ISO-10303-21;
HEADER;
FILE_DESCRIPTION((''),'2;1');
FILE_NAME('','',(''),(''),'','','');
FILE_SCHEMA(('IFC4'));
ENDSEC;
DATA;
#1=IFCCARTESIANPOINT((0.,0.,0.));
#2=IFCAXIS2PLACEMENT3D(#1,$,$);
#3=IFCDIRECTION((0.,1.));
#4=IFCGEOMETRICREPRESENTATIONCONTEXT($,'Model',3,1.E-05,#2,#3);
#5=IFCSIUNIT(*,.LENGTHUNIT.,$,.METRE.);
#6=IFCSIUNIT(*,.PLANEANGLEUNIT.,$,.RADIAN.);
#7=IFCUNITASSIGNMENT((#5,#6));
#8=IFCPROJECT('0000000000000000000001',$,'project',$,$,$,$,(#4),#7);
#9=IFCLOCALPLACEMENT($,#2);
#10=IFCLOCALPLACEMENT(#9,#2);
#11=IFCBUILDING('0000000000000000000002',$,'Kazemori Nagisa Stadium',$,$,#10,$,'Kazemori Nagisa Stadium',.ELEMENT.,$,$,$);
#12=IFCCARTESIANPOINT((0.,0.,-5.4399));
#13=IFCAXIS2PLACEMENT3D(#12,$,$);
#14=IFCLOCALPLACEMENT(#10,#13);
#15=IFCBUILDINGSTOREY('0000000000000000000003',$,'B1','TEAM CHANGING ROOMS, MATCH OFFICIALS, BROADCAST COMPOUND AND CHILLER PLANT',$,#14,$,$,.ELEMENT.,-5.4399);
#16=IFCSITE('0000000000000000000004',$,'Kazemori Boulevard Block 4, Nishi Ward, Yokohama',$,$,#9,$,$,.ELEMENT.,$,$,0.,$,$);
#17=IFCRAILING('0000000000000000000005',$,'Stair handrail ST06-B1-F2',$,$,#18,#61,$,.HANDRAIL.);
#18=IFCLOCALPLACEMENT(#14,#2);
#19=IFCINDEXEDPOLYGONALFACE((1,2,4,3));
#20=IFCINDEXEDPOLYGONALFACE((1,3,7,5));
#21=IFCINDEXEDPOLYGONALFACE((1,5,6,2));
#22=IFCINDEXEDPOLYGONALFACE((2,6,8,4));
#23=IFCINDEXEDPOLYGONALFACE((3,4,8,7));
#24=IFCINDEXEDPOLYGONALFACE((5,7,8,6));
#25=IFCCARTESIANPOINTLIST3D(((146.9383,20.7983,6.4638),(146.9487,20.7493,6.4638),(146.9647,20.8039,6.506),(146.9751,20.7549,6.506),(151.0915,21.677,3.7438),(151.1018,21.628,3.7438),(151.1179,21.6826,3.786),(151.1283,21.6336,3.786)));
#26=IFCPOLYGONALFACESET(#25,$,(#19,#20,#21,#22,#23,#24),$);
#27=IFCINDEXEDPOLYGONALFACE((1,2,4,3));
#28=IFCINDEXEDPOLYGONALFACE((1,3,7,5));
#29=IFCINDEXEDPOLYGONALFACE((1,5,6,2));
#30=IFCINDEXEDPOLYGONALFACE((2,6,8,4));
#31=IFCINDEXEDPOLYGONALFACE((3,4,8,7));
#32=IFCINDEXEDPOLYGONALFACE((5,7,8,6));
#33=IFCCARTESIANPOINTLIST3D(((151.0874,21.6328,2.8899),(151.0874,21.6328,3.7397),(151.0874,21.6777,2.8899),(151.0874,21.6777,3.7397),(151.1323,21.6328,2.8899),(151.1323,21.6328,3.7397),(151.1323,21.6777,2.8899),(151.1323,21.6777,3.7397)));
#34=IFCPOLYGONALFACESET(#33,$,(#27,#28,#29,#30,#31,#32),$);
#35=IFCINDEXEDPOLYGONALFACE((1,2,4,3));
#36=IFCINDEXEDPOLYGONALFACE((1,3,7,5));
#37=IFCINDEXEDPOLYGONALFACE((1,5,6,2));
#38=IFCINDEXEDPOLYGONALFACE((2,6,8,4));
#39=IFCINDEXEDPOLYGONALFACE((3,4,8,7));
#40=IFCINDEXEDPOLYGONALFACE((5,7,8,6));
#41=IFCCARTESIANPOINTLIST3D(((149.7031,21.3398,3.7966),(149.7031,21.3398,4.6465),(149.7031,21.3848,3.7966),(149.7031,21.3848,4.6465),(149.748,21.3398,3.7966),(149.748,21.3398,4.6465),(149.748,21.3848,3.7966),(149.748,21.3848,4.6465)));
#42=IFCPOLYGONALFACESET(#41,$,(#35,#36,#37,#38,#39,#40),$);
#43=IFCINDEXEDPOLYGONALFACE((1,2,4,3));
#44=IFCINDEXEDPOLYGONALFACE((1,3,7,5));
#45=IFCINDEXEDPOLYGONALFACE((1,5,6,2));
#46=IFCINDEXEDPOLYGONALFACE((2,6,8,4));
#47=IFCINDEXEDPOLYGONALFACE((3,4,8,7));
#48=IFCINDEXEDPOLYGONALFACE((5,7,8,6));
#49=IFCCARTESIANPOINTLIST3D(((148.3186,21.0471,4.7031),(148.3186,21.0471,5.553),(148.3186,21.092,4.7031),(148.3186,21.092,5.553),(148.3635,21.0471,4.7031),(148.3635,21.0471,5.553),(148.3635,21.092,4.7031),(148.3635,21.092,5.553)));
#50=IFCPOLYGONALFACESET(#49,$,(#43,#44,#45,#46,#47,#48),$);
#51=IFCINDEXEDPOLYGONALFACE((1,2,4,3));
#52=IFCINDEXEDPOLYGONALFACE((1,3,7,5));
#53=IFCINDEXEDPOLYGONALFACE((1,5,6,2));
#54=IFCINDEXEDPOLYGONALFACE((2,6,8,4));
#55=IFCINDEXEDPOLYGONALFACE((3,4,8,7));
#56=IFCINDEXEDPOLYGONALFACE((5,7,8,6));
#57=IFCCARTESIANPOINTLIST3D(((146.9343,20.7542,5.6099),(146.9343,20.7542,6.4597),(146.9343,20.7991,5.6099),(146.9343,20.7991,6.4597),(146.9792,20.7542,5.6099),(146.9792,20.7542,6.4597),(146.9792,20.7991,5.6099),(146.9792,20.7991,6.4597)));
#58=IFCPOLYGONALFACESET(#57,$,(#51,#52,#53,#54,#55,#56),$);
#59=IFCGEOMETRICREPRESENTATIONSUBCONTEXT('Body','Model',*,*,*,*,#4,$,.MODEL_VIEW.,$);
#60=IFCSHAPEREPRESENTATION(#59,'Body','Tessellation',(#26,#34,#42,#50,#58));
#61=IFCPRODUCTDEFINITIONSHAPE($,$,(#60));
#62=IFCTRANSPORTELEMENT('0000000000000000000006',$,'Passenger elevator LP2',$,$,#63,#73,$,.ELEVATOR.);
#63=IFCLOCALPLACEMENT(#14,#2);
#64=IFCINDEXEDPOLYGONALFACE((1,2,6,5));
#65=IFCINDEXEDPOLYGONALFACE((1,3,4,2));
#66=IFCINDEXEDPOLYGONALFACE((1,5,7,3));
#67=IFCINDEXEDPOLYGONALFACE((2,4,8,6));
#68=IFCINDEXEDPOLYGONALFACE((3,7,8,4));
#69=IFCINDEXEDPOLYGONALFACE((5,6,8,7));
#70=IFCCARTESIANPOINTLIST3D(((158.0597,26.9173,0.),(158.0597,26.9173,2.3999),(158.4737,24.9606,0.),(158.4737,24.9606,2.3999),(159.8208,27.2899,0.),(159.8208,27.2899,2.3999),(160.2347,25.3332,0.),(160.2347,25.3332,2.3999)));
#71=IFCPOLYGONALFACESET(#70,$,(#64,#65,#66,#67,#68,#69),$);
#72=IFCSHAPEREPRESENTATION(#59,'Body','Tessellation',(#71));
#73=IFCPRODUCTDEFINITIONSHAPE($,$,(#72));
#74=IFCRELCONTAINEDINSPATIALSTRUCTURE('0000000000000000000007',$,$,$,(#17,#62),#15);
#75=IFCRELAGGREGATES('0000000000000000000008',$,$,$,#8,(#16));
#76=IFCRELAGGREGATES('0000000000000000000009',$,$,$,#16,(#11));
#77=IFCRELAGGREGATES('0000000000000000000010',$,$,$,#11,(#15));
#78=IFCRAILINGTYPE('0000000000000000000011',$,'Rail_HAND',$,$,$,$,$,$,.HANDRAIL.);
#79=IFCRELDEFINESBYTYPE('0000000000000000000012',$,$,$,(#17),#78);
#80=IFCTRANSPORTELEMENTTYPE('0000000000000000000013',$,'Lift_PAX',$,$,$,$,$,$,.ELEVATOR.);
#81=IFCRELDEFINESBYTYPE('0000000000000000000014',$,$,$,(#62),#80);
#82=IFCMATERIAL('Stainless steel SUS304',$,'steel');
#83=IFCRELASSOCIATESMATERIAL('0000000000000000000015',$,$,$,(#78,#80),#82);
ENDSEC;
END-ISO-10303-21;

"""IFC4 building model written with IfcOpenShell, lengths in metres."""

from ifc_helpers import new_model, si_unit, direction, frame, origin, origin_2d, place, context, subcontext, project, spatial, rectangle, extrude, material, type_object, element, save


model = new_model("IFC4")

# Units and contexts
model_context = context("Model", 3, precision=1e-05, world=origin(), true_north=direction((0.0, 1.0)))
body_context = subcontext(model_context, "Body", "Model", "MODEL_VIEW")
ifc_project = project(units=[si_unit("LENGTHUNIT", "METRE"), si_unit("PLANEANGLEUNIT", "RADIAN")], contexts=[model_context])

# Site, building, storey
site_placement = place(None, origin())
site = spatial("IfcSite", under=ifc_project, at=site_placement, Name="Kazemori Boulevard Block 4, Nishi Ward, Yokohama", CompositionType="ELEMENT", RefElevation=0.0)
building_placement = place(site_placement, origin())
building = spatial("IfcBuilding", under=site, at=building_placement, Name="Kazemori Nagisa Stadium", LongName="Kazemori Nagisa Stadium", CompositionType="ELEMENT")
storey_placement = place(building_placement, frame((0.0, 0.0, -5.4399)))
storey = spatial("IfcBuildingStorey", under=building, at=storey_placement, Name="B1", Description="TEAM CHANGING ROOMS, MATCH OFFICIALS, BROADCAST COMPOUND AND CHILLER PLANT", CompositionType="ELEMENT", Elevation=-5.4399)

# Shared definitions
ifc_material_1 = material(Name="Stainless steel SUS304", Category="steel")

# Railing
railing_type_1 = type_object("IfcRailingType", Name="Rail_HAND", PredefinedType="HANDRAIL", material=ifc_material_1)
railing_1_placement = place(storey_placement, frame((151.1099, 21.6553, 2.8899)))
element("IfcRailing", 1, at=railing_1_placement, inside=storey, type_object=railing_type_1, Name="Stair handrail ST06-B1-F2", PredefinedType="HANDRAIL", context=body_context, shape_type="SweptSolid", body=[
    extrude(rectangle(XDim=0.05, YDim=0.05, at=origin_2d()), frame((0.0, 0.0, 0.875), z_axis=(-0.823752, -0.17428, 0.539499), x_axis=(0.206987, -0.978344, 0.0)), (0.0, 0.0, 1.0), 5.0417),
    extrude(rectangle(XDim=0.0449, YDim=0.0449, at=origin_2d()), origin(), (0.0, 0.0, 1.0), 0.8499),
    extrude(rectangle(XDim=0.0449, YDim=0.0449, at=origin_2d()), frame((-1.3843, -0.293, 0.9067)), (0.0, 0.0, 1.0), 0.8499),
    extrude(rectangle(XDim=0.0449, YDim=0.0449, at=origin_2d()), frame((-2.7688, -0.5857, 1.8132)), (0.0, 0.0, 1.0), 0.8499),
    extrude(rectangle(XDim=0.0449, YDim=0.0449, at=origin_2d()), frame((-4.1531, -0.8787, 2.72)), (0.0, 0.0, 1.0), 0.8499),
])

# Transport element
transport_element_type = type_object("IfcTransportElementType", Name="Lift_PAX", PredefinedType="ELEVATOR", material=ifc_material_1)
transport_element_placement = place(storey_placement, frame((159.1472, 26.1252, 0.0), z_axis=(0.0, 0.0, 1.0), x_axis=(0.978345, 0.206981, 0.0)))
element("IfcTransportElement", 2, at=transport_element_placement, inside=storey, type_object=transport_element_type, Name="Passenger elevator LP2", PredefinedType="ELEVATOR", context=body_context, shape_type="SweptSolid", body=[
    extrude(rectangle(XDim=1.8, YDim=2.0, at=origin_2d()), origin(), (0.0, 0.0, 1.0), 2.3999),
])

save(model, "model.ifc")
